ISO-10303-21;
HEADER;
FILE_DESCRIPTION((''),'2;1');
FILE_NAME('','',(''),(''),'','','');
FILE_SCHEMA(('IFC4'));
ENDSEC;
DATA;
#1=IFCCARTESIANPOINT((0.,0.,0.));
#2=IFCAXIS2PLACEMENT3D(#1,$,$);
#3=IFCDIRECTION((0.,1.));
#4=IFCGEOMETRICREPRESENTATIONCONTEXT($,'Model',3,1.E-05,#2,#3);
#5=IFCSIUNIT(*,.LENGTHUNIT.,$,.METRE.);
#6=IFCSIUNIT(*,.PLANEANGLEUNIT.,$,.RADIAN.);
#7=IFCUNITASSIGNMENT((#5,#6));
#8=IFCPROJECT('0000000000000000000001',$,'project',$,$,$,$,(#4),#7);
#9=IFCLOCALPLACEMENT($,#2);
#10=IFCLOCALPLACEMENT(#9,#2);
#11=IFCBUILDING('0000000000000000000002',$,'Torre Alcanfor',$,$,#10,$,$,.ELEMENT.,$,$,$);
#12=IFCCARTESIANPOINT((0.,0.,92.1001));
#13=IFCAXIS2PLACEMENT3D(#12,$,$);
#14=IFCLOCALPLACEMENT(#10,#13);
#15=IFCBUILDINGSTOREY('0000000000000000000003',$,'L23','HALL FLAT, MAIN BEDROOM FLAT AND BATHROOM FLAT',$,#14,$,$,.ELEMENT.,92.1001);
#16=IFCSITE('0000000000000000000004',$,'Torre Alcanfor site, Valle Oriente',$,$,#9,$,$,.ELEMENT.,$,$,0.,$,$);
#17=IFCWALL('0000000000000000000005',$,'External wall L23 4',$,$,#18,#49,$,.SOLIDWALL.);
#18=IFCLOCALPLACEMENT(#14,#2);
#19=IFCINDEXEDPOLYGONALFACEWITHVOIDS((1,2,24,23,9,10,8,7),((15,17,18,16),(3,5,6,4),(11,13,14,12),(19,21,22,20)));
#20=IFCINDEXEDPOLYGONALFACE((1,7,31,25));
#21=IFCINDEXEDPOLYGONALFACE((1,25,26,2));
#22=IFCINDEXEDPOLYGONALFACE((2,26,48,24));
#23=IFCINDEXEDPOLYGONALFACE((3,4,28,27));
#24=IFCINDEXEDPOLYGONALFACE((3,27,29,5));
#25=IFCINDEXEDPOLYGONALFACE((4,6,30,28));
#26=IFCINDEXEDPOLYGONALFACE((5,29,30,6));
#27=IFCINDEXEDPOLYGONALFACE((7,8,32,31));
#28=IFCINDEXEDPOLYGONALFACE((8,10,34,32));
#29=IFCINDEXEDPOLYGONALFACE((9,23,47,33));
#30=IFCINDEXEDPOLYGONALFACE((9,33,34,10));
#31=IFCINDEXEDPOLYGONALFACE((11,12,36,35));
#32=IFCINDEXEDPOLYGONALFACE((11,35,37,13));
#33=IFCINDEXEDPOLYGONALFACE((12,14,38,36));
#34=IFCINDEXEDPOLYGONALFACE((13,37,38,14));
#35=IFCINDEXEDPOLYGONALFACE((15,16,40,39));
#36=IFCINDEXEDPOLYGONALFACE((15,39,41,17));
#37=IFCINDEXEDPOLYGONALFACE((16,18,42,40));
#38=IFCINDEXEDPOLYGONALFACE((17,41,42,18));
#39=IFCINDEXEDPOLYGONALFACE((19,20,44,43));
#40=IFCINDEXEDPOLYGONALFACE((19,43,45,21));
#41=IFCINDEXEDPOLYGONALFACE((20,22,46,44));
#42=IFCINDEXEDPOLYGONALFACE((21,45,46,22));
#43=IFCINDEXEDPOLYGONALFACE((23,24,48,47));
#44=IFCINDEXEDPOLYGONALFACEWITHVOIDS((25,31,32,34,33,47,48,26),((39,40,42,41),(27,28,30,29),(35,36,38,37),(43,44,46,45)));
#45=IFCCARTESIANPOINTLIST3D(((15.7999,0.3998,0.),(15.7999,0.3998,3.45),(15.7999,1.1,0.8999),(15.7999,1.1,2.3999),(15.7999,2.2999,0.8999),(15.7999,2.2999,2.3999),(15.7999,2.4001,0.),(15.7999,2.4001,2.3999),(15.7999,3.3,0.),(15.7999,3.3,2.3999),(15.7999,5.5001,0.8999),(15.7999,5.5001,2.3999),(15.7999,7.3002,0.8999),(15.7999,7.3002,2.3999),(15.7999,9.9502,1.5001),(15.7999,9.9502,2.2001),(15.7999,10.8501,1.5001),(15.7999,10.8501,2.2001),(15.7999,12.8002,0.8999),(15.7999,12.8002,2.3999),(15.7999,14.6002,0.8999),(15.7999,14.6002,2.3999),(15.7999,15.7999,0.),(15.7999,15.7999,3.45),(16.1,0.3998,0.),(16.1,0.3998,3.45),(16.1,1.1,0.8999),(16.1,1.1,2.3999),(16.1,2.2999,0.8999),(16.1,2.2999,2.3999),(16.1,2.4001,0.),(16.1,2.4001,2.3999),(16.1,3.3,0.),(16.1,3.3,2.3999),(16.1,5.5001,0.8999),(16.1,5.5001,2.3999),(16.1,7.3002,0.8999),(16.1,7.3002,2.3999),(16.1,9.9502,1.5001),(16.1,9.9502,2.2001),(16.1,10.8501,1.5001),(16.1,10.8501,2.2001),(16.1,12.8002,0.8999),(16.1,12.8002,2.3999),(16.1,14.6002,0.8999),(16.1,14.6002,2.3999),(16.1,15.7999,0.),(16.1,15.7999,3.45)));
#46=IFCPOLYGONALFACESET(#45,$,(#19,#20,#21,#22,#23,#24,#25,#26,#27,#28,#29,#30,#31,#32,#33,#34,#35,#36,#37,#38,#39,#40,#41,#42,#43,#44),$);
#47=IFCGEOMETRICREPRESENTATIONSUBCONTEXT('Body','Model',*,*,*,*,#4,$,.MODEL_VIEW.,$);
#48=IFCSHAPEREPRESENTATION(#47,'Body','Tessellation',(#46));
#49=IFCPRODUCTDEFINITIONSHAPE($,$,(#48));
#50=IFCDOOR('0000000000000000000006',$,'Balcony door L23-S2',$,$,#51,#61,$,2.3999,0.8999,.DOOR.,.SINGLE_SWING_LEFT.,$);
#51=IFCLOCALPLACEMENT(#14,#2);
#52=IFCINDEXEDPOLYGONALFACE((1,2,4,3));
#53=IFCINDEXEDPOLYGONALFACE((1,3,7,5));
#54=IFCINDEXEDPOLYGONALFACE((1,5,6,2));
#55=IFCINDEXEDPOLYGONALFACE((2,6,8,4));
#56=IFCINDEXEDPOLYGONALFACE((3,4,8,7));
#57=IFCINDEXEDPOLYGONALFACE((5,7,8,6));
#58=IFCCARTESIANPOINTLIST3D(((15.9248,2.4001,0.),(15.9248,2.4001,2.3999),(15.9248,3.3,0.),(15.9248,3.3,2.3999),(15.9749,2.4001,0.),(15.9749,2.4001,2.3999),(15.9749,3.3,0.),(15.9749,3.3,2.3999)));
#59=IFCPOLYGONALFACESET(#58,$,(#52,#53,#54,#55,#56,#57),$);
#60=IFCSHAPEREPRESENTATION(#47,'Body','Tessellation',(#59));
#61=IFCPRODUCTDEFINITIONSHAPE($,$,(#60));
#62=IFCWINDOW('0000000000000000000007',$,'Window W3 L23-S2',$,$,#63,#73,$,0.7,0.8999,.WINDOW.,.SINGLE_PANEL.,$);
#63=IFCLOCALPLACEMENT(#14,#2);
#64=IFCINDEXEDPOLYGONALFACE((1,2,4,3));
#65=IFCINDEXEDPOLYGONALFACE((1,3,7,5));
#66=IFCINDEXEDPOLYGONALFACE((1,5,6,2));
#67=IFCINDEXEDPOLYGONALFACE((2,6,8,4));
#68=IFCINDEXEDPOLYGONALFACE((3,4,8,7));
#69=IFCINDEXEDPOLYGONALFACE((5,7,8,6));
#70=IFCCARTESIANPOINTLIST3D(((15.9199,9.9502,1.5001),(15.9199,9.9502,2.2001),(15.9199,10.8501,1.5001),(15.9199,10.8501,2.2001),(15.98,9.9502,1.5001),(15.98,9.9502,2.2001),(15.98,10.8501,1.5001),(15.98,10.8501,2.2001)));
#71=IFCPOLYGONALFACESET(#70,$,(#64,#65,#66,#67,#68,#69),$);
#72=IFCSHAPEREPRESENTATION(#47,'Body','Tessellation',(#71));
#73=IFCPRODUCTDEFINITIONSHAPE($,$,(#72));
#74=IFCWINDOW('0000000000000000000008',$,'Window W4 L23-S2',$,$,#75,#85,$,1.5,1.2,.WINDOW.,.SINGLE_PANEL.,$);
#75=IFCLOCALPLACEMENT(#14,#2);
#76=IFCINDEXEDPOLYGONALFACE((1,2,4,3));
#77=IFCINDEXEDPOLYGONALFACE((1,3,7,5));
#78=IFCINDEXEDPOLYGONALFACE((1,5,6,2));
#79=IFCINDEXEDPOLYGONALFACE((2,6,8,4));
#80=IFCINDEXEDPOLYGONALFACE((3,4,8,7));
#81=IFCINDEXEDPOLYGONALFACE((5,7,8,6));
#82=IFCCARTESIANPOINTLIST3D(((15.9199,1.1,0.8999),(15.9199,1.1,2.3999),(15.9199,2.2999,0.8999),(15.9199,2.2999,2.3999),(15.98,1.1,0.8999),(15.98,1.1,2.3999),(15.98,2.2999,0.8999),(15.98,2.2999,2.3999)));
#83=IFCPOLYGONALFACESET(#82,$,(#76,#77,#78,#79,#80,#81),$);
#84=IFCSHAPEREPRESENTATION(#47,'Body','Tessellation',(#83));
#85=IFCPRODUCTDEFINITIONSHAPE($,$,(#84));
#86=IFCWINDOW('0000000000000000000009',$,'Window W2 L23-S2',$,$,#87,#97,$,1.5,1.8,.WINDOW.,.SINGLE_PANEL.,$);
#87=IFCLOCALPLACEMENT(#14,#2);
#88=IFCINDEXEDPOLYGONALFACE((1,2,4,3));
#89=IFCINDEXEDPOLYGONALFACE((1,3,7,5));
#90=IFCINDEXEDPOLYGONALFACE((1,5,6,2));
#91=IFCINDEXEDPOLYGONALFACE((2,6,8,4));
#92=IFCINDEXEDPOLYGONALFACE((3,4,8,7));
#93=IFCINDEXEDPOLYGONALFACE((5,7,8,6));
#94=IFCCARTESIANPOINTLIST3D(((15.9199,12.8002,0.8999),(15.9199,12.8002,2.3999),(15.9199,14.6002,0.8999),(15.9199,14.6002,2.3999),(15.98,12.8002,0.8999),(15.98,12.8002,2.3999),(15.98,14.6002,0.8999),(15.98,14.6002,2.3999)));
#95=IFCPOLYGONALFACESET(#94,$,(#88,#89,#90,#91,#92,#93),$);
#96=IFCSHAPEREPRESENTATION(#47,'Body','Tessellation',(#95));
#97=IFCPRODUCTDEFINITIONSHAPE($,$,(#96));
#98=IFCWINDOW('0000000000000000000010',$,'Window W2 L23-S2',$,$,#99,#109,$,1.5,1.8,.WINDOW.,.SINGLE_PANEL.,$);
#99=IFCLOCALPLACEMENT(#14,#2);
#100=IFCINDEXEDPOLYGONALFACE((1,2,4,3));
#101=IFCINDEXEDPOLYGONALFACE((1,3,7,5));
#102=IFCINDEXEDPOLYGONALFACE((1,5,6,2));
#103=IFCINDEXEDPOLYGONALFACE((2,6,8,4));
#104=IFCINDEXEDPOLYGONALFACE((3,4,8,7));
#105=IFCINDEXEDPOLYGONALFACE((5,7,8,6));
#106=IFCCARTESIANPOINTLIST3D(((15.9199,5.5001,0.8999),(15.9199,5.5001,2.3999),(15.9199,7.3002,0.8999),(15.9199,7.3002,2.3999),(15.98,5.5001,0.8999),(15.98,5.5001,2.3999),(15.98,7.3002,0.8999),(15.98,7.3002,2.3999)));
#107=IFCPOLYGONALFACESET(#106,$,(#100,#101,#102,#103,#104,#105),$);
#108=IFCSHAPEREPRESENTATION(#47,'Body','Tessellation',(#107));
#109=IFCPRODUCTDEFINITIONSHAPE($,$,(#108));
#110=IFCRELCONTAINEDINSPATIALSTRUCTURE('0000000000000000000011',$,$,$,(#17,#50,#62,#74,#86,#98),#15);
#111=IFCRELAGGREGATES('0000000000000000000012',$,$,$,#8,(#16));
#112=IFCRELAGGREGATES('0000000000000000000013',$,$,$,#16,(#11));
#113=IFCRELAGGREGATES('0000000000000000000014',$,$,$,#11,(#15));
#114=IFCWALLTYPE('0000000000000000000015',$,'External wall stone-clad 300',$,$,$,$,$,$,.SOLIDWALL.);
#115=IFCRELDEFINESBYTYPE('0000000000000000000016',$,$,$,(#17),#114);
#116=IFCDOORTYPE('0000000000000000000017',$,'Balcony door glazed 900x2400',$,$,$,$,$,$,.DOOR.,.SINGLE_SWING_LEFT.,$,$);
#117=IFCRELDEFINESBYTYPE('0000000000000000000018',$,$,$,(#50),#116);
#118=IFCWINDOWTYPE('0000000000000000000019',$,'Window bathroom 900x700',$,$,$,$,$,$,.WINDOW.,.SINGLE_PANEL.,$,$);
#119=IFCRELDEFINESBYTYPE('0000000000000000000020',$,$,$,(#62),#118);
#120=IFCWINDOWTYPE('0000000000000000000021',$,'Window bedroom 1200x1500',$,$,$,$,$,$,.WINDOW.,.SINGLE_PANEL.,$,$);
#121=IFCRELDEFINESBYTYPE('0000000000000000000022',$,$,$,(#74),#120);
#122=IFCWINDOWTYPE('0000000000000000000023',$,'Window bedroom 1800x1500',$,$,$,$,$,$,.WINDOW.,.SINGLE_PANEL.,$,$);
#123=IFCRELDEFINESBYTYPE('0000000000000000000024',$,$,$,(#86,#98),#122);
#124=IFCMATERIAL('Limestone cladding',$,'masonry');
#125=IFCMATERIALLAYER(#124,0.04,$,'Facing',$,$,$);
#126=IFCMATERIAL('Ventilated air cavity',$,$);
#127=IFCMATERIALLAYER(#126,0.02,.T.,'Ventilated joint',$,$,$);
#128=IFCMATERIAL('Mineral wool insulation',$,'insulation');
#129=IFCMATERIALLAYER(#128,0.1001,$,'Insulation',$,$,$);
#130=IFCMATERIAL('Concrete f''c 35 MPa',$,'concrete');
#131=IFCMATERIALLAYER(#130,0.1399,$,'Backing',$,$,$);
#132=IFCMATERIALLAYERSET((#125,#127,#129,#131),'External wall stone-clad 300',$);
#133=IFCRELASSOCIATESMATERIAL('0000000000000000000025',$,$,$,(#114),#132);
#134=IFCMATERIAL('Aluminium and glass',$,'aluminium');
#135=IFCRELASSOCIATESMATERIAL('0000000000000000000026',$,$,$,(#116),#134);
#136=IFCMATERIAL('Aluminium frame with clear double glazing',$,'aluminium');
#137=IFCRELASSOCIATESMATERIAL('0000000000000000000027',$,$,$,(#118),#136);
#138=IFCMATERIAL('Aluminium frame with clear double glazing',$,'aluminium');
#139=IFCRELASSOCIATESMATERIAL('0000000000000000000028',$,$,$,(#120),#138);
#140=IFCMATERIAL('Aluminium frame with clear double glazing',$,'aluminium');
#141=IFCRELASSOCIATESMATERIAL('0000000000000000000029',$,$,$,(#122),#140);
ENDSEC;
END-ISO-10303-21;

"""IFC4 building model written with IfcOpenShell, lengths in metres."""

from ifc_helpers import new_model, si_unit, direction, frame, frame_2d, origin, place, context, subcontext, project, spatial, rectangle, extrude, material, layer, layer_set, type_object, element, fill, save


model = new_model("IFC4")

# Units and contexts
model_context = context("Model", 3, precision=1e-05, world=origin(), true_north=direction((0.0, 1.0)))
body_context = subcontext(model_context, "Body", "Model", "MODEL_VIEW")
ifc_project = project(units=[si_unit("LENGTHUNIT", "METRE"), si_unit("PLANEANGLEUNIT", "RADIAN")], contexts=[model_context])

# Site, building, storey
site_placement = place(None, origin())
site = spatial("IfcSite", under=ifc_project, at=site_placement, Name="Torre Alcanfor site, Valle Oriente", CompositionType="ELEMENT", RefElevation=0.0)
building_placement = place(site_placement, origin())
building = spatial("IfcBuilding", under=site, at=building_placement, Name="Torre Alcanfor", CompositionType="ELEMENT")
storey_placement = place(building_placement, frame((0.0, 0.0, 92.1001)))
storey = spatial("IfcBuildingStorey", under=building, at=storey_placement, Name="L23", Description="HALL FLAT, MAIN BEDROOM FLAT AND BATHROOM FLAT", CompositionType="ELEMENT", Elevation=92.1001)

# Wall, openings, door, windows
ifc_material_1 = material(Name="Limestone cladding", Category="masonry")
ifc_layer_1 = layer(ifc_material_1, 0.04, Name="Facing")
ifc_material_2 = material(Name="Ventilated air cavity")
ifc_layer_2 = layer(ifc_material_2, 0.02, ventilated=True, Name="Ventilated joint")
ifc_material_3 = material(Name="Mineral wool insulation", Category="insulation")
ifc_layer_3 = layer(ifc_material_3, 0.1001, Name="Insulation")
ifc_material_4 = material(Name="Concrete f'c 35 MPa", Category="concrete")
ifc_layer_4 = layer(ifc_material_4, 0.1399, Name="Backing")
ifc_layer_set_1 = layer_set([ifc_layer_1, ifc_layer_2, ifc_layer_3, ifc_layer_4], Name="External wall stone-clad 300")
wall_type_1 = type_object("IfcWallType", Name="External wall stone-clad 300", PredefinedType="SOLIDWALL", material=ifc_layer_set_1)
ifc_material_5 = material(Name="Aluminium and glass", Category="aluminium")
door_type = type_object("IfcDoorType", Name="Balcony door glazed 900x2400", OperationType="SINGLE_SWING_LEFT", PredefinedType="DOOR", material=ifc_material_5)
ifc_material_6 = material(Name="Aluminium frame with clear double glazing", Category="aluminium")
window_type_1 = type_object("IfcWindowType", Name="Window bathroom 900x700", PartitioningType="SINGLE_PANEL", PredefinedType="WINDOW", material=ifc_material_6)
ifc_material_7 = material(Name="Aluminium frame with clear double glazing", Category="aluminium")
window_type_2 = type_object("IfcWindowType", Name="Window bedroom 1200x1500", PartitioningType="SINGLE_PANEL", PredefinedType="WINDOW", material=ifc_material_7)
ifc_material_8 = material(Name="Aluminium frame with clear double glazing", Category="aluminium")
window_type_3 = type_object("IfcWindowType", Name="Window bedroom 1800x1500", PartitioningType="SINGLE_PANEL", PredefinedType="WINDOW", material=ifc_material_8)
wall_1_placement = place(storey_placement, frame((15.95, 15.8, 0.0), z_axis=(0.0, 0.0, 1.0), x_axis=(0.0, -1.0, 0.0)))
wall_1 = element("IfcWall", 1, at=wall_1_placement, inside=storey, type_object=wall_type_1, Name="External wall L23 4", PredefinedType="SOLIDWALL", context=body_context, shape_type="SweptSolid", body=[
    extrude(rectangle(XDim=15.4001, YDim=0.3, at=frame_2d((7.7002, 0.0))), origin(), (0.0, 0.0, 1.0), 3.45),
])
opening_1_placement = place(wall_1_placement, frame((1.2, 0.0, 0.8999)))
opening_1 = element("IfcOpeningElement", 2, at=opening_1_placement, cuts=wall_1, PredefinedType="OPENING", context=body_context, shape_type="SweptSolid", body=[
    extrude(rectangle(XDim=1.8, YDim=1.5, at=frame_2d((0.8999, 0.75))), frame((0.0, 0.1599, 0.0), z_axis=(0.0, -1.0, 0.0), x_axis=(1.0, 0.0, 0.0)), (0.0, 0.0, 1.0), 0.3201),
])
opening_2_placement = place(wall_1_placement, frame((4.95, 0.0, 1.5)))
opening_2 = element("IfcOpeningElement", 3, at=opening_2_placement, cuts=wall_1, PredefinedType="OPENING", context=body_context, shape_type="SweptSolid", body=[
    extrude(rectangle(XDim=0.8999, YDim=0.7, at=frame_2d((0.45, 0.3501))), frame((0.0, 0.1599, 0.0), z_axis=(0.0, -1.0, 0.0), x_axis=(1.0, 0.0, 0.0)), (0.0, 0.0, 1.0), 0.3201),
])
opening_3_placement = place(wall_1_placement, frame((8.5, 0.0, 0.8999)))
opening_3 = element("IfcOpeningElement", 4, at=opening_3_placement, cuts=wall_1, PredefinedType="OPENING", context=body_context, shape_type="SweptSolid", body=[
    extrude(rectangle(XDim=1.8, YDim=1.5, at=frame_2d((0.8999, 0.75))), frame((0.0, 0.1599, 0.0), z_axis=(0.0, -1.0, 0.0), x_axis=(1.0, 0.0, 0.0)), (0.0, 0.0, 1.0), 0.3201),
])
opening_4_placement = place(wall_1_placement, frame((12.5, 0.0, 0.0)))
opening_4 = element("IfcOpeningElement", 5, at=opening_4_placement, cuts=wall_1, PredefinedType="OPENING", context=body_context, shape_type="SweptSolid", body=[
    extrude(rectangle(XDim=0.8999, YDim=2.3999, at=frame_2d((0.45, 1.2))), frame((0.0, 0.1599, 0.0), z_axis=(0.0, -1.0, 0.0), x_axis=(1.0, 0.0, 0.0)), (0.0, 0.0, 1.0), 0.3201),
])
opening_5_placement = place(wall_1_placement, frame((13.5, 0.0, 0.8999)))
opening_5 = element("IfcOpeningElement", 6, at=opening_5_placement, cuts=wall_1, PredefinedType="OPENING", context=body_context, shape_type="SweptSolid", body=[
    extrude(rectangle(XDim=1.2, YDim=1.5, at=frame_2d((0.6001, 0.75))), frame((0.0, 0.1599, 0.0), z_axis=(0.0, -1.0, 0.0), x_axis=(1.0, 0.0, 0.0)), (0.0, 0.0, 1.0), 0.3201),
])
door_1_placement = place(opening_4_placement, origin())
door_1 = element("IfcDoor", 7, at=door_1_placement, inside=storey, type_object=door_type, Name="Balcony door L23-S2", OperationType="SINGLE_SWING_LEFT", OverallHeight=2.3999, OverallWidth=0.8999, PredefinedType="DOOR", context=body_context, shape_type="SweptSolid", body=[
    extrude(rectangle(XDim=0.8999, YDim=2.3999, at=frame_2d((0.45, 1.2))), frame((0.0, 0.0249, 0.0), z_axis=(0.0, -1.0, 0.0), x_axis=(1.0, 0.0, 0.0)), (0.0, 0.0, 1.0), 0.05),
])
fill(opening_4, door_1)
window_1_placement = place(opening_2_placement, origin())
window_1 = element("IfcWindow", 8, at=window_1_placement, inside=storey, type_object=window_type_1, Name="Window W3 L23-S2", OverallHeight=0.7, OverallWidth=0.8999, PartitioningType="SINGLE_PANEL", PredefinedType="WINDOW", context=body_context, shape_type="SweptSolid", body=[
    extrude(rectangle(XDim=0.8999, YDim=0.7, at=frame_2d((0.45, 0.3501))), frame((0.0, 0.03, 0.0), z_axis=(0.0, -1.0, 0.0), x_axis=(1.0, 0.0, 0.0)), (0.0, 0.0, 1.0), 0.0601),
])
fill(opening_2, window_1)
window_2_placement = place(opening_5_placement, origin())
window_2 = element("IfcWindow", 9, at=window_2_placement, inside=storey, type_object=window_type_2, Name="Window W4 L23-S2", OverallHeight=1.5, OverallWidth=1.2, PartitioningType="SINGLE_PANEL", PredefinedType="WINDOW", context=body_context, shape_type="SweptSolid", body=[
    extrude(rectangle(XDim=1.2, YDim=1.5, at=frame_2d((0.6001, 0.75))), frame((0.0, 0.03, 0.0), z_axis=(0.0, -1.0, 0.0), x_axis=(1.0, 0.0, 0.0)), (0.0, 0.0, 1.0), 0.0601),
])
fill(opening_5, window_2)
window_3_placement = place(opening_1_placement, origin())
window_3 = element("IfcWindow", 10, at=window_3_placement, inside=storey, type_object=window_type_3, Name="Window W2 L23-S2", OverallHeight=1.5, OverallWidth=1.8, PartitioningType="SINGLE_PANEL", PredefinedType="WINDOW", context=body_context, shape_type="SweptSolid", body=[
    extrude(rectangle(XDim=1.8, YDim=1.5, at=frame_2d((0.8999, 0.75))), frame((0.0, 0.03, 0.0), z_axis=(0.0, -1.0, 0.0), x_axis=(1.0, 0.0, 0.0)), (0.0, 0.0, 1.0), 0.0601),
])
fill(opening_1, window_3)
window_4_placement = place(opening_3_placement, origin())
window_4 = element("IfcWindow", 11, at=window_4_placement, inside=storey, type_object=window_type_3, Name="Window W2 L23-S2", OverallHeight=1.5, OverallWidth=1.8, PartitioningType="SINGLE_PANEL", PredefinedType="WINDOW", context=body_context, shape_type="SweptSolid", body=[
    extrude(rectangle(XDim=1.8, YDim=1.5, at=frame_2d((0.8999, 0.75))), frame((0.0, 0.03, 0.0), z_axis=(0.0, -1.0, 0.0), x_axis=(1.0, 0.0, 0.0)), (0.0, 0.0, 1.0), 0.0601),
])
fill(opening_3, window_4)

save(model, "model.ifc")
